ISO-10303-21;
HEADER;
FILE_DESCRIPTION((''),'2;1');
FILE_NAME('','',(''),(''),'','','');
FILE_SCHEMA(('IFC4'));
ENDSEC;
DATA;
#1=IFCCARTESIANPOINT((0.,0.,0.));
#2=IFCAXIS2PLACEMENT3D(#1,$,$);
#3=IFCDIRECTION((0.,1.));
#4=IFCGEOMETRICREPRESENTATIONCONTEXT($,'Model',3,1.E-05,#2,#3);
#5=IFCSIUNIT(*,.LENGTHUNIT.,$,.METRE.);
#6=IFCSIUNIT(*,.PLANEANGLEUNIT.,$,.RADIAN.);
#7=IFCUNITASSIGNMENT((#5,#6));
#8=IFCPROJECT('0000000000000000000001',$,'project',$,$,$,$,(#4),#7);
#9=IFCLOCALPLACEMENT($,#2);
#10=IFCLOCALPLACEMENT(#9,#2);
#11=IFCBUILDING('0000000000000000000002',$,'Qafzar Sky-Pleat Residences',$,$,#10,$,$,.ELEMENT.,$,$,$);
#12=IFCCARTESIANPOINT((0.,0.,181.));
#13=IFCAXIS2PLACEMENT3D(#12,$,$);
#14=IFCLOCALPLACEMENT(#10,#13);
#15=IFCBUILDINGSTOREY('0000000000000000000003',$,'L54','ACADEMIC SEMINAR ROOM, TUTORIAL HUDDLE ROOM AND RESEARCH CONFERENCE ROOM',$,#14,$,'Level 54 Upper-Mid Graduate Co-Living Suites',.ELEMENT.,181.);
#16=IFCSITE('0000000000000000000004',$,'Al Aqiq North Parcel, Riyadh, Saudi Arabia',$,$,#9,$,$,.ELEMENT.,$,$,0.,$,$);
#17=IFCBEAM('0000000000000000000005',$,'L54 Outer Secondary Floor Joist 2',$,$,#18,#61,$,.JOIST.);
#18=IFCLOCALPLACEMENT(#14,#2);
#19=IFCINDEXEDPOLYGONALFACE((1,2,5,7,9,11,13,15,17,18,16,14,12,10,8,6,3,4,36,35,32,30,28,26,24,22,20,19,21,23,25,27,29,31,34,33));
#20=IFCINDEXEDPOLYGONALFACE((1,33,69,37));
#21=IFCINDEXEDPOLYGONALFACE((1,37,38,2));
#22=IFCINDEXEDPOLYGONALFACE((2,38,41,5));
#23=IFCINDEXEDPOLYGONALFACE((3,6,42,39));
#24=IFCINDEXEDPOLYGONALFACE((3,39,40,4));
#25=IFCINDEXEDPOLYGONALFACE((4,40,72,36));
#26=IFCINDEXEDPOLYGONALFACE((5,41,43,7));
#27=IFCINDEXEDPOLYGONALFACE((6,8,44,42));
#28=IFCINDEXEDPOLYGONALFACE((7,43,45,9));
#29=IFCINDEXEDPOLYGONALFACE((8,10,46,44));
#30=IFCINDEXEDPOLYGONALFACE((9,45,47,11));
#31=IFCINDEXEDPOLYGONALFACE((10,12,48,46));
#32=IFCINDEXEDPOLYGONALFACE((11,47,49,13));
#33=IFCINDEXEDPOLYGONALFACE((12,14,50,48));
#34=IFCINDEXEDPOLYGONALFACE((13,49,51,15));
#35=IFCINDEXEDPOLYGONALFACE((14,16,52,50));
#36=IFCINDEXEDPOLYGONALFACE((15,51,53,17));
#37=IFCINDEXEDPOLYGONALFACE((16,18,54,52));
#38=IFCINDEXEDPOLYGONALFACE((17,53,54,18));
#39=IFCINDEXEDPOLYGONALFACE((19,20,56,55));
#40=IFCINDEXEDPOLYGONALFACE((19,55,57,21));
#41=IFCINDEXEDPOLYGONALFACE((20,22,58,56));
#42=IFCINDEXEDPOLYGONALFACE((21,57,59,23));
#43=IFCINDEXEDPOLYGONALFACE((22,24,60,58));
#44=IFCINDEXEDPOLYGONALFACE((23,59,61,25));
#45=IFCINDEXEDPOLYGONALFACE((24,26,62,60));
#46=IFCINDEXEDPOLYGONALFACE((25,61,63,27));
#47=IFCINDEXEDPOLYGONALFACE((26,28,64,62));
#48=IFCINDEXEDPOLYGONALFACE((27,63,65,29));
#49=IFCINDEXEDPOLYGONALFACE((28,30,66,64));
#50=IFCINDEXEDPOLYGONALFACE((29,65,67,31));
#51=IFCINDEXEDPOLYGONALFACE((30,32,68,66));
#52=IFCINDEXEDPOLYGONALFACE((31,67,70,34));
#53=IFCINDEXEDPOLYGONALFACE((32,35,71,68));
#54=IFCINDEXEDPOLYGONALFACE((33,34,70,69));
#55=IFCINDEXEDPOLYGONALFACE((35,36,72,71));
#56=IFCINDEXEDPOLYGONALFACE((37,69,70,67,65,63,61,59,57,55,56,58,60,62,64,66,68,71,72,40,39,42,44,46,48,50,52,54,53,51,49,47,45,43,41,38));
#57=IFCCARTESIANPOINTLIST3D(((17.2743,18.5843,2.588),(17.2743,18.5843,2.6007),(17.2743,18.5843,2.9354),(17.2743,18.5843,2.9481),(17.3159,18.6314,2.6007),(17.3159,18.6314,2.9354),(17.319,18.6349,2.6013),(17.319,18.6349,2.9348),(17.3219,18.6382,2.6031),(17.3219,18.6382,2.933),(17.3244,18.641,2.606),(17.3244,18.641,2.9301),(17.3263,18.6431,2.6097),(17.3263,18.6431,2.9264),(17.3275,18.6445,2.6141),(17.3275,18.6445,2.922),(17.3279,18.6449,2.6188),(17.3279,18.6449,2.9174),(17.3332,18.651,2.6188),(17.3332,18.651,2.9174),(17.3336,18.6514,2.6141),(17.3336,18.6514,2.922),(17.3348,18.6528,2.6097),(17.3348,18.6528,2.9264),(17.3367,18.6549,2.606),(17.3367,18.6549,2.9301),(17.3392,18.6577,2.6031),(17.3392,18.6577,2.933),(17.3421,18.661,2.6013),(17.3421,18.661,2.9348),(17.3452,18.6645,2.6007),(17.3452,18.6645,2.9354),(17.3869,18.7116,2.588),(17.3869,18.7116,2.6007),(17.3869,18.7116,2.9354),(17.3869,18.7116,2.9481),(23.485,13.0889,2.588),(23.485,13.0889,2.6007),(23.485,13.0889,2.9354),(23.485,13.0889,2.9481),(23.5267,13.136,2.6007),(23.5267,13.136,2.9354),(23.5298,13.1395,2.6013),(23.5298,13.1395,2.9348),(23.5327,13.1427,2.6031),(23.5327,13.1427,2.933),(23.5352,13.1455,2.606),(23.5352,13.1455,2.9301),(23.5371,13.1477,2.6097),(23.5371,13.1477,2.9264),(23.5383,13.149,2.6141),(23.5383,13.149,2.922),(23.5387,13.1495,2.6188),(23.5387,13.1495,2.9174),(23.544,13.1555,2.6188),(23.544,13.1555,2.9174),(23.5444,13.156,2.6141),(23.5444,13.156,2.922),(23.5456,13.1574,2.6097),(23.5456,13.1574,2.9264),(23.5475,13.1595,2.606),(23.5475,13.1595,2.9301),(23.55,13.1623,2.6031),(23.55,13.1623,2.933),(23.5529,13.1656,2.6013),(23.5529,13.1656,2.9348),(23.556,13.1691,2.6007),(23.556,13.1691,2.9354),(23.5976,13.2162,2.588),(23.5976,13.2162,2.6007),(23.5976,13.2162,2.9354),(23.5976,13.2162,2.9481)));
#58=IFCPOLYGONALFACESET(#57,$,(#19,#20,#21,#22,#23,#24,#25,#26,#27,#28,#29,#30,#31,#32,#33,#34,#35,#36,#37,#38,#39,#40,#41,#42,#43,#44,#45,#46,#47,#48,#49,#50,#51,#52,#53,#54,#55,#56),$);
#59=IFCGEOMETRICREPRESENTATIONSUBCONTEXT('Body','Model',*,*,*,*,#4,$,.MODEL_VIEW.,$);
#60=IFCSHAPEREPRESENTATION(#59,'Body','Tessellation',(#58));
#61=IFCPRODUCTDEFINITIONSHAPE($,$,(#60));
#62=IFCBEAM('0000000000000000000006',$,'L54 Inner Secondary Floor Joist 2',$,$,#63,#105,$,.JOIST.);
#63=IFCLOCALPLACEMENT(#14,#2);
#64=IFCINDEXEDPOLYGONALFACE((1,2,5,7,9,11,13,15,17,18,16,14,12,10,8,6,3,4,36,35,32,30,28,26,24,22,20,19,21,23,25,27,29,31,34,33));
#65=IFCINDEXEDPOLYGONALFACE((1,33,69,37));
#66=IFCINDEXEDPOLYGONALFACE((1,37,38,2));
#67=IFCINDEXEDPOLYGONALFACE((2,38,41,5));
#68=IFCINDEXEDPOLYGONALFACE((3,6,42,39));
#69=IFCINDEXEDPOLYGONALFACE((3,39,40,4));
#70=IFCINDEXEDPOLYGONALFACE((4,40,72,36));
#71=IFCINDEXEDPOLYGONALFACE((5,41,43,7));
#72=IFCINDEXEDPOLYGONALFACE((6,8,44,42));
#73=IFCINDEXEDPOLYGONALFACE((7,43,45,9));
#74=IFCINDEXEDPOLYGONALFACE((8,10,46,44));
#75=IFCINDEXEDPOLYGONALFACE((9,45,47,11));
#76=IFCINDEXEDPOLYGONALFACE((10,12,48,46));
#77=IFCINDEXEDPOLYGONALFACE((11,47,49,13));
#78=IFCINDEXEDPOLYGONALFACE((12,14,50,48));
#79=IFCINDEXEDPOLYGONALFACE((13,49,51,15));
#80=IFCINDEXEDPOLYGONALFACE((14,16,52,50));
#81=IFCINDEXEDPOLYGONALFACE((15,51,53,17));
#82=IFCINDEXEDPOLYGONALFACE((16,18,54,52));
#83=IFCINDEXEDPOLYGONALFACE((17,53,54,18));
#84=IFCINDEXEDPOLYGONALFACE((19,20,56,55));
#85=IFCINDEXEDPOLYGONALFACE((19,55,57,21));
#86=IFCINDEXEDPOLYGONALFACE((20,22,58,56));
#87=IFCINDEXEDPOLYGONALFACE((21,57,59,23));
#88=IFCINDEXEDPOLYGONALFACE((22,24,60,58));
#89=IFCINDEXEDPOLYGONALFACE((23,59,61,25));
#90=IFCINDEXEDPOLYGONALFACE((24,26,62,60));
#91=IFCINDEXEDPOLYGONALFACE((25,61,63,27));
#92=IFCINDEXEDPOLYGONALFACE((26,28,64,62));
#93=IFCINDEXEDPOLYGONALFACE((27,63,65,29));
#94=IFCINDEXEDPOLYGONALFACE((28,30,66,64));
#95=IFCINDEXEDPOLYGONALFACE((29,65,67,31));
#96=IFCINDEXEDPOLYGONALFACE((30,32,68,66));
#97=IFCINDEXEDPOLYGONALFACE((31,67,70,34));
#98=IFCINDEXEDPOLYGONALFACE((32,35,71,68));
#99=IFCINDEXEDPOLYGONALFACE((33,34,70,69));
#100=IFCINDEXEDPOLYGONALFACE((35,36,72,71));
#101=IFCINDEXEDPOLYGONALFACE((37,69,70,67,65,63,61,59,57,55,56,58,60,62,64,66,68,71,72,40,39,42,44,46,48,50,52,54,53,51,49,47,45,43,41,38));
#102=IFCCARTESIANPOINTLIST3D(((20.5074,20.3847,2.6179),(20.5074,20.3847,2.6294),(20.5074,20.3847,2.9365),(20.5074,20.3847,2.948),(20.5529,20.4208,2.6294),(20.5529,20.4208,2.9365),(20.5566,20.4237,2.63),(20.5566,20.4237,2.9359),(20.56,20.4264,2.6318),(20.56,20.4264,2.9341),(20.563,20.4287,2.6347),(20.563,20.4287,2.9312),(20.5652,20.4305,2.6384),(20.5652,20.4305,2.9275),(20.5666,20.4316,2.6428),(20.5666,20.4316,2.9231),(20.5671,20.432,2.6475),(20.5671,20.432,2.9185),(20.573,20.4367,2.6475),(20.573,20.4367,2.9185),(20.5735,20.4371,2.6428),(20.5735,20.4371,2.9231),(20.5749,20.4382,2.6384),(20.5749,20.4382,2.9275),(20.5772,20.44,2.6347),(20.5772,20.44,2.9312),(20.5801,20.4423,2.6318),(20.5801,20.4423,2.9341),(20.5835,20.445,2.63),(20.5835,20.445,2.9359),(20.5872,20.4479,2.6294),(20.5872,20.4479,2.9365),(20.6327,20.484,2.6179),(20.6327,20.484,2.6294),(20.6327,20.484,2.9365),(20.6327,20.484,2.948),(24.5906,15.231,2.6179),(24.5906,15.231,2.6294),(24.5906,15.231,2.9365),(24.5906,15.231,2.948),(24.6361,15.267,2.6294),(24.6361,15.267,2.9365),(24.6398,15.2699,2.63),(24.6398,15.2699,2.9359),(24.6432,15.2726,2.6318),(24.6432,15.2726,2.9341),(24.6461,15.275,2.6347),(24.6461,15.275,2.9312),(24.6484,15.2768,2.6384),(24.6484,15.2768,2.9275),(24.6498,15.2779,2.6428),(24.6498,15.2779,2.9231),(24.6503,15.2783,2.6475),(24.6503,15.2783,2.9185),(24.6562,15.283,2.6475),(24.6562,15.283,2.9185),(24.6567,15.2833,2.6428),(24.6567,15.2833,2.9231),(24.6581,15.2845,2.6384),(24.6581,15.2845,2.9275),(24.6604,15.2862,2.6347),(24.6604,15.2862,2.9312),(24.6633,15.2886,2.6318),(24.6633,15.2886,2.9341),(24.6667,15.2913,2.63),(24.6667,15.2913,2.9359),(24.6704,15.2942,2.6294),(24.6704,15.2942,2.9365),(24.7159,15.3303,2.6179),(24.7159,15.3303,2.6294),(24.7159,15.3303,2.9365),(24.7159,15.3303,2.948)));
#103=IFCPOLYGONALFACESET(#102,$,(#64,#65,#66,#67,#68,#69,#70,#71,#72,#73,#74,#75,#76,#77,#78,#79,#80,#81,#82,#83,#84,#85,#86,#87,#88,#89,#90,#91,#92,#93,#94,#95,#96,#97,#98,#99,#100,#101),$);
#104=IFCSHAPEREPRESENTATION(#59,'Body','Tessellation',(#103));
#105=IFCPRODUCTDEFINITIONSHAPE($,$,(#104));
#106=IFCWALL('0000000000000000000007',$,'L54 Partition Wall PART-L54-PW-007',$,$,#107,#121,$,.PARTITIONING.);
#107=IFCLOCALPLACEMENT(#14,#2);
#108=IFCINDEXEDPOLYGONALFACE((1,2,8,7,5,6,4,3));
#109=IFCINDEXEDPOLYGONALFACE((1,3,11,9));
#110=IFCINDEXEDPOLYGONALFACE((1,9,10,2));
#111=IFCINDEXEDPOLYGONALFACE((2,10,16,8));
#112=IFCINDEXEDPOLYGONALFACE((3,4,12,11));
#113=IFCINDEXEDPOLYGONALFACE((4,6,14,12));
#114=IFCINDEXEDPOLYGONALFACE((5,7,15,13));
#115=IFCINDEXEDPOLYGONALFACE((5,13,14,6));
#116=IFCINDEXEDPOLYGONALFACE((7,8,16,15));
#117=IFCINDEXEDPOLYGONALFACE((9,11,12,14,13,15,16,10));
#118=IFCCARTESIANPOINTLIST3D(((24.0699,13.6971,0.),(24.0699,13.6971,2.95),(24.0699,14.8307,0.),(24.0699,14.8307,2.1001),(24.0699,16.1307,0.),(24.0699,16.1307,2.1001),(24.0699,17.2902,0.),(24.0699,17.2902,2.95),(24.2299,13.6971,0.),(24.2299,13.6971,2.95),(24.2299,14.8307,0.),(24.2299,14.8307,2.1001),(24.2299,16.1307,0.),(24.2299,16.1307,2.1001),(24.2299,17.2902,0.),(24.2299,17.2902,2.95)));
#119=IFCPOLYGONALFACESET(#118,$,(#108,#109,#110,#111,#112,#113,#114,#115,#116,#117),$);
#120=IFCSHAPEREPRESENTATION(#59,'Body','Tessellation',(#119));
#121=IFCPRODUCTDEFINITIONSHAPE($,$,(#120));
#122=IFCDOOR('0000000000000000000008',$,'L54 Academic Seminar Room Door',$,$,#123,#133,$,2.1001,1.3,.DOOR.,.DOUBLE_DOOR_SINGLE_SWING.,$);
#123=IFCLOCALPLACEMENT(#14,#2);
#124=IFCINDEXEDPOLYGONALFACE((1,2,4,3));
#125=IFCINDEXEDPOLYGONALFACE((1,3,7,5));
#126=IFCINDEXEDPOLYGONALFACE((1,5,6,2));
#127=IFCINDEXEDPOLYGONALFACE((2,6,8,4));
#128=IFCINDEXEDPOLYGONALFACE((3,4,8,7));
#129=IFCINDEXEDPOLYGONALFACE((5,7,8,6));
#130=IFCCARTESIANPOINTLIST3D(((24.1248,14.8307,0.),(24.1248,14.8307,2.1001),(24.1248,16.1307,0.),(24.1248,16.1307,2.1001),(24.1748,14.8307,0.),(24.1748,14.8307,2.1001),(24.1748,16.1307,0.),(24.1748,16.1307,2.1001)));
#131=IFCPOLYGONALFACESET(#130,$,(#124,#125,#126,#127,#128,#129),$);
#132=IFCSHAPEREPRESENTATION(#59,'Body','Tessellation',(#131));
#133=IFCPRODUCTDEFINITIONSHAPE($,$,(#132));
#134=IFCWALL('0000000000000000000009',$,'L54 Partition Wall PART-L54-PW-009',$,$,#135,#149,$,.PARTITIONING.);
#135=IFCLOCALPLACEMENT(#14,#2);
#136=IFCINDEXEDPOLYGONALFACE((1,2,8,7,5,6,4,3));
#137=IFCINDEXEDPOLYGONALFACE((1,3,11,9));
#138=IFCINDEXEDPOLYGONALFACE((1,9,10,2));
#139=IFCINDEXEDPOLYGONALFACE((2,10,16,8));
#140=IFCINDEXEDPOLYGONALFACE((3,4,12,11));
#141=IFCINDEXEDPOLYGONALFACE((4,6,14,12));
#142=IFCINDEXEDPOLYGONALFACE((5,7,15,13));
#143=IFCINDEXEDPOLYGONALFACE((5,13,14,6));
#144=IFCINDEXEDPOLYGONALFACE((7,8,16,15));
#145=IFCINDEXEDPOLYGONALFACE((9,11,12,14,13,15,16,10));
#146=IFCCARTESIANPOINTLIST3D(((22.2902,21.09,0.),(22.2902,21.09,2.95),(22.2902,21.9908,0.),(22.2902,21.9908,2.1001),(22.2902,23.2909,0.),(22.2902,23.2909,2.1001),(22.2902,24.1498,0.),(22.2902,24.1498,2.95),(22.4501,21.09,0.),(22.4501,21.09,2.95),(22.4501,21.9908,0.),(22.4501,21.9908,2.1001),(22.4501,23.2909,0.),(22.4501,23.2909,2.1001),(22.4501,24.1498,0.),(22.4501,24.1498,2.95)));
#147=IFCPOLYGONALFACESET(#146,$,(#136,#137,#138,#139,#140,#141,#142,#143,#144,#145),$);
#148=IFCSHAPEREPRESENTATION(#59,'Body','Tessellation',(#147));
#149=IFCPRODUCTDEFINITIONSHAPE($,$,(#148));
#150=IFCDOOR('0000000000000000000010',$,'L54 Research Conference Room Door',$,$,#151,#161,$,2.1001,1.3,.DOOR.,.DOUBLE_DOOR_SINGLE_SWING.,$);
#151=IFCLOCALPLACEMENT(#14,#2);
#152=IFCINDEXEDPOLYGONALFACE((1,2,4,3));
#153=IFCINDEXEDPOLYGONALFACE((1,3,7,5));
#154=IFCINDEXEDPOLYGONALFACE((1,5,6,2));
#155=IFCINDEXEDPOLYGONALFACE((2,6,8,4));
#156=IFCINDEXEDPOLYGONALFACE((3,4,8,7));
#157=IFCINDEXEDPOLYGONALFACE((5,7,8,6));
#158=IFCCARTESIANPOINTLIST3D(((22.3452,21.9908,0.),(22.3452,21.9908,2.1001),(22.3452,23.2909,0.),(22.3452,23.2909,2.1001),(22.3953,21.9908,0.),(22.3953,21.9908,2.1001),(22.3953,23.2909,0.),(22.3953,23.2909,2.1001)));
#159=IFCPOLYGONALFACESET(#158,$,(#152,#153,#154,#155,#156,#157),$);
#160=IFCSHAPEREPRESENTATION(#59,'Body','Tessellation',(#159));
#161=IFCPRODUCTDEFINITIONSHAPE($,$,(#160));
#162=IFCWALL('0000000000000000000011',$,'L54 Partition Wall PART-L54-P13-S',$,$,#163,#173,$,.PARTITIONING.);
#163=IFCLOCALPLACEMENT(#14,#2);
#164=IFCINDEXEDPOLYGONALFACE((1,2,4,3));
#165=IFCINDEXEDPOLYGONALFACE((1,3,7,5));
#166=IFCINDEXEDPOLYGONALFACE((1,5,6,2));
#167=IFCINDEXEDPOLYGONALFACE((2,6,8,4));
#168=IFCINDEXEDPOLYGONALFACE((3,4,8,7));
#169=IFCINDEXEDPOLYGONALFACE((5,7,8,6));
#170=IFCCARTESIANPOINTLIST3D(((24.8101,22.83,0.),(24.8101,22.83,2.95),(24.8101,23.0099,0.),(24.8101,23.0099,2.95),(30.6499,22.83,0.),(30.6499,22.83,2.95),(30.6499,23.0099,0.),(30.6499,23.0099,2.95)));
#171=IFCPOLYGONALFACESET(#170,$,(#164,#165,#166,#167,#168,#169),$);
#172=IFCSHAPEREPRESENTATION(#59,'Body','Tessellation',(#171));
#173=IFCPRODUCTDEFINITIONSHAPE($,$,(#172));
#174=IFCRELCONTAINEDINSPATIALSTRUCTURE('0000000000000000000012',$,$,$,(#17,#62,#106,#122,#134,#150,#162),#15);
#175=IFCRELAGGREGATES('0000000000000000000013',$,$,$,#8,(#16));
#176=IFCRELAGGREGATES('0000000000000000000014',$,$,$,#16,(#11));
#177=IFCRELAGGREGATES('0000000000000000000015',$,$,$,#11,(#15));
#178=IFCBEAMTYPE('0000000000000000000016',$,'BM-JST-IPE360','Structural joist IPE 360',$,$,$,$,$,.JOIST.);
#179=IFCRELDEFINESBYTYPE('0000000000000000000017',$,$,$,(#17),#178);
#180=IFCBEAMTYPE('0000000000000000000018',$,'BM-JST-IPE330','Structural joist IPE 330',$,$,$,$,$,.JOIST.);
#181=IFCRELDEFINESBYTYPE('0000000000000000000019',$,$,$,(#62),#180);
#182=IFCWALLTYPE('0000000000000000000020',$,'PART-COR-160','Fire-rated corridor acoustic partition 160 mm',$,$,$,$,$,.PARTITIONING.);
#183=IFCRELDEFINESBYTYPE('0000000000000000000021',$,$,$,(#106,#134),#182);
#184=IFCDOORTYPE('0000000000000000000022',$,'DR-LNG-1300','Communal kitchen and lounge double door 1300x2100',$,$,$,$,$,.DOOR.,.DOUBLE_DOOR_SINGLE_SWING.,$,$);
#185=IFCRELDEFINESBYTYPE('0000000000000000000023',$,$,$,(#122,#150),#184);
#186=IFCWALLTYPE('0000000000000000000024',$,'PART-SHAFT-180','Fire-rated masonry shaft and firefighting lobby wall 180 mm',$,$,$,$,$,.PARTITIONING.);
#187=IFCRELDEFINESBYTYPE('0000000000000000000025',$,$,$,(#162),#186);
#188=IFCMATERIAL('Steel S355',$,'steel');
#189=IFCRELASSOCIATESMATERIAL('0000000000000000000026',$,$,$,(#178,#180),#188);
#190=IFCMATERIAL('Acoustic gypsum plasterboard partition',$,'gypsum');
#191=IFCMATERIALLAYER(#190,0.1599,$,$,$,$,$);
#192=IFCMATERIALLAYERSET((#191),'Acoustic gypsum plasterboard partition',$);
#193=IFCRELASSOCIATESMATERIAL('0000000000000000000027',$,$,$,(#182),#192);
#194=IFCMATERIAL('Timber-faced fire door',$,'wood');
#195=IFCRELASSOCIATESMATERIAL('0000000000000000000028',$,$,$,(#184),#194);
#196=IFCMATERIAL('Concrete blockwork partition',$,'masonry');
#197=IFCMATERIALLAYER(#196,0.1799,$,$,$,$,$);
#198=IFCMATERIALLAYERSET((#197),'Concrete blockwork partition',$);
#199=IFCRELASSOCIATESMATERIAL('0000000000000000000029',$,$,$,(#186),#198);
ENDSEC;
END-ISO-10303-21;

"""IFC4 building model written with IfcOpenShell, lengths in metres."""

from ifc_helpers import new_model, si_unit, direction, frame, frame_2d, origin, origin_2d, place, context, subcontext, project, spatial, rectangle, i_section, extrude, source, transform, mapped, material, layer, layer_set, material_profile, profile_set, type_object, element, fill, save


model = new_model("IFC4")

# Units and contexts
model_context = context("Model", 3, precision=1e-05, world=origin(), true_north=direction((0.0, 1.0)))
body_context = subcontext(model_context, "Body", "Model", "MODEL_VIEW")
ifc_project = project(units=[si_unit("LENGTHUNIT", "METRE"), si_unit("PLANEANGLEUNIT", "RADIAN")], contexts=[model_context])

# Site, building, storey
site_placement = place(None, origin())
site = spatial("IfcSite", under=ifc_project, at=site_placement, Name="Al Aqiq North Parcel, Riyadh, Saudi Arabia", CompositionType="ELEMENT", RefElevation=0.0)
building_placement = place(site_placement, origin())
building = spatial("IfcBuilding", under=site, at=building_placement, Name="Qafzar Sky-Pleat Residences", CompositionType="ELEMENT")
storey_placement = place(building_placement, frame((0.0, 0.0, 181.0)))
storey = spatial("IfcBuildingStorey", under=building, at=storey_placement, Name="L54", Description="ACADEMIC SEMINAR ROOM, TUTORIAL HUDDLE ROOM AND RESEARCH CONFERENCE ROOM", LongName="Level 54 Upper-Mid Graduate Co-Living Suites", CompositionType="ELEMENT", Elevation=181.0)

# Beams
ifc_material_1 = material(Name="Steel S355", Category="steel")
ifc_material_profile_1 = material_profile(ifc_material_1, i_section(OverallWidth=0.1699, OverallDepth=0.3601, WebThickness=0.0081, FlangeThickness=0.0127, FilletRadius=0.0181, at=origin_2d()), Name="IPE 360")
ifc_profile_set_1 = profile_set([ifc_material_profile_1], Name="Steel S355")
beam_type_1 = type_object("IfcBeamType", Name="BM-JST-IPE360", Description="Structural joist IPE 360", PredefinedType="JOIST", material=ifc_profile_set_1)
shared_shape_1 = source(origin(), body_context, "Body", "SweptSolid", [
    extrude(i_section(OverallWidth=0.1699, OverallDepth=0.3601, WebThickness=0.0081, FlangeThickness=0.0127, FilletRadius=0.0181, at=origin_2d()), origin(), (0.0, 0.0, 1.0), 8.293),
])
beam_1_placement = place(storey_placement, frame((17.3306, 18.6479, 2.7681), z_axis=(0.74892, -0.662661, 0.0), x_axis=(0.662661, 0.74892, 0.0)))
element("IfcBeam", 1, at=beam_1_placement, inside=storey, type_object=beam_type_1, Name="L54 Outer Secondary Floor Joist 2", PredefinedType="JOIST", context=body_context, shape_type="MappedRepresentation", body=[
    mapped(shared_shape_1, transform((0.0, 0.0, 0.0), x_axis=(1.0, 0.0, 0.0), y_axis=(0.0, 1.0, 0.0), z_axis=(0.0, 0.0, 1.0), scale=1.0)),
])
ifc_material_profile_2 = material_profile(ifc_material_1, i_section(OverallWidth=0.1599, OverallDepth=0.3301, WebThickness=0.0076, FlangeThickness=0.0115, FilletRadius=0.0181, at=origin_2d()), Name="IPE 330")
ifc_profile_set_2 = profile_set([ifc_material_profile_2], Name="Steel S355")
beam_type_2 = type_object("IfcBeamType", Name="BM-JST-IPE330", Description="Structural joist IPE 330", PredefinedType="JOIST", material=ifc_profile_set_2)
shared_shape_2 = source(origin(), body_context, "Body", "SweptSolid", [
    extrude(i_section(OverallWidth=0.1599, OverallDepth=0.3301, WebThickness=0.0076, FlangeThickness=0.0115, FilletRadius=0.0181, at=origin_2d()), origin(), (0.0, 0.0, 1.0), 6.5752),
])
beam_2_placement = place(storey_placement, frame((20.5701, 20.4343, 2.783), z_axis=(0.620998, -0.783812, 0.0), x_axis=(0.783812, 0.620998, 0.0)))
element("IfcBeam", 2, at=beam_2_placement, inside=storey, type_object=beam_type_2, Name="L54 Inner Secondary Floor Joist 2", PredefinedType="JOIST", context=body_context, shape_type="MappedRepresentation", body=[
    mapped(shared_shape_2, transform((0.0, 0.0, 0.0), x_axis=(1.0, 0.0, 0.0), y_axis=(0.0, 1.0, 0.0), z_axis=(0.0, 0.0, 1.0), scale=1.0)),
])

# Walls, openings, doors
ifc_material_2 = material(Name="Acoustic gypsum plasterboard partition", Category="gypsum")
ifc_layer_1 = layer(ifc_material_2, 0.1599)
ifc_layer_set_1 = layer_set([ifc_layer_1], Name="Acoustic gypsum plasterboard partition")
wall_type_1 = type_object("IfcWallType", Name="PART-COR-160", Description="Fire-rated corridor acoustic partition 160 mm", PredefinedType="PARTITIONING", material=ifc_layer_set_1)
wall_1_placement = place(storey_placement, frame((24.1499, 17.29, 0.0), z_axis=(0.0, 0.0, 1.0), x_axis=(0.0, -1.0, 0.0)))
wall_1 = element("IfcWall", 3, at=wall_1_placement, inside=storey, type_object=wall_type_1, Name="L54 Partition Wall PART-L54-PW-007", PredefinedType="PARTITIONING", context=body_context, shape_type="SweptSolid", body=[
    extrude(rectangle(XDim=3.593, YDim=0.1599, at=frame_2d((1.7964, 0.0))), origin(), (0.0, 0.0, 1.0), 2.95),
])
opening_1_placement = place(wall_1_placement, frame((1.1594, 0.0, 0.0)))
opening_1 = element("IfcOpeningElement", 4, at=opening_1_placement, cuts=wall_1, PredefinedType="OPENING", context=body_context, shape_type="SweptSolid", body=[
    extrude(rectangle(XDim=1.3, YDim=2.1001, at=frame_2d((0.6499, 1.05))), frame((0.0, 0.0898, 0.0), z_axis=(0.0, -1.0, 0.0), x_axis=(1.0, 0.0, 0.0)), (0.0, 0.0, 1.0), 0.1799),
])
ifc_material_3 = material(Name="Timber-faced fire door", Category="wood")
door_type_1 = type_object("IfcDoorType", Name="DR-LNG-1300", Description="Communal kitchen and lounge double door 1300x2100", OperationType="DOUBLE_DOOR_SINGLE_SWING", PredefinedType="DOOR", material=ifc_material_3)
shared_shape_3 = source(origin(), body_context, "Body", "SweptSolid", [
    extrude(rectangle(XDim=1.3, YDim=2.1001, at=frame_2d((0.6499, 1.05))), frame((0.0, 0.0249, 0.0), z_axis=(0.0, -1.0, 0.0), x_axis=(1.0, 0.0, 0.0)), (0.0, 0.0, 1.0), 0.05),
])
door_1_placement = place(opening_1_placement, origin())
door_1 = element("IfcDoor", 5, at=door_1_placement, inside=storey, type_object=door_type_1, Name="L54 Academic Seminar Room Door", OperationType="DOUBLE_DOOR_SINGLE_SWING", OverallHeight=2.1001, OverallWidth=1.3, PredefinedType="DOOR", context=body_context, shape_type="MappedRepresentation", body=[
    mapped(shared_shape_3, transform((0.0, 0.0, 0.0), x_axis=(1.0, 0.0, 0.0), y_axis=(0.0, 1.0, 0.0), z_axis=(0.0, 0.0, 1.0), scale=1.0)),
])
fill(opening_1, door_1)
wall_2_placement = place(storey_placement, frame((22.3701, 21.0901, 0.0), z_axis=(0.0, 0.0, 1.0), x_axis=(0.0, 1.0, 0.0)))
wall_2 = element("IfcWall", 6, at=wall_2_placement, inside=storey, type_object=wall_type_1, Name="L54 Partition Wall PART-L54-PW-009", PredefinedType="PARTITIONING", context=body_context, shape_type="SweptSolid", body=[
    extrude(rectangle(XDim=3.0598, YDim=0.1599, at=frame_2d((1.5298, 0.0))), origin(), (0.0, 0.0, 1.0), 2.95),
])
opening_2_placement = place(wall_2_placement, frame((0.9009, 0.0, 0.0)))
opening_2 = element("IfcOpeningElement", 7, at=opening_2_placement, cuts=wall_2, PredefinedType="OPENING", context=body_context, shape_type="SweptSolid", body=[
    extrude(rectangle(XDim=1.3, YDim=2.1001, at=frame_2d((0.6499, 1.05))), frame((0.0, 0.0898, 0.0), z_axis=(0.0, -1.0, 0.0), x_axis=(1.0, 0.0, 0.0)), (0.0, 0.0, 1.0), 0.1799),
])
door_2_placement = place(opening_2_placement, origin())
door_2 = element("IfcDoor", 8, at=door_2_placement, inside=storey, type_object=door_type_1, Name="L54 Research Conference Room Door", OperationType="DOUBLE_DOOR_SINGLE_SWING", OverallHeight=2.1001, OverallWidth=1.3, PredefinedType="DOOR", context=body_context, shape_type="MappedRepresentation", body=[
    mapped(shared_shape_3, transform((0.0, 0.0, 0.0), x_axis=(1.0, 0.0, 0.0), y_axis=(0.0, 1.0, 0.0), z_axis=(0.0, 0.0, 1.0), scale=1.0)),
])
fill(opening_2, door_2)

# Wall
ifc_material_4 = material(Name="Concrete blockwork partition", Category="masonry")
ifc_layer_2 = layer(ifc_material_4, 0.1799)
ifc_layer_set_2 = layer_set([ifc_layer_2], Name="Concrete blockwork partition")
wall_type_2 = type_object("IfcWallType", Name="PART-SHAFT-180", Description="Fire-rated masonry shaft and firefighting lobby wall 180 mm", PredefinedType="PARTITIONING", material=ifc_layer_set_2)
wall_3_placement = place(storey_placement, frame((24.8101, 22.9199, 0.0), z_axis=(0.0, 0.0, 1.0), x_axis=(1.0, 0.0, 0.0)))
element("IfcWall", 9, at=wall_3_placement, inside=storey, type_object=wall_type_2, Name="L54 Partition Wall PART-L54-P13-S", PredefinedType="PARTITIONING", context=body_context, shape_type="SweptSolid", body=[
    extrude(rectangle(XDim=5.8398, YDim=0.1799, at=frame_2d((2.9199, 0.0))), origin(), (0.0, 0.0, 1.0), 2.95),
])

save(model, "model.ifc")
